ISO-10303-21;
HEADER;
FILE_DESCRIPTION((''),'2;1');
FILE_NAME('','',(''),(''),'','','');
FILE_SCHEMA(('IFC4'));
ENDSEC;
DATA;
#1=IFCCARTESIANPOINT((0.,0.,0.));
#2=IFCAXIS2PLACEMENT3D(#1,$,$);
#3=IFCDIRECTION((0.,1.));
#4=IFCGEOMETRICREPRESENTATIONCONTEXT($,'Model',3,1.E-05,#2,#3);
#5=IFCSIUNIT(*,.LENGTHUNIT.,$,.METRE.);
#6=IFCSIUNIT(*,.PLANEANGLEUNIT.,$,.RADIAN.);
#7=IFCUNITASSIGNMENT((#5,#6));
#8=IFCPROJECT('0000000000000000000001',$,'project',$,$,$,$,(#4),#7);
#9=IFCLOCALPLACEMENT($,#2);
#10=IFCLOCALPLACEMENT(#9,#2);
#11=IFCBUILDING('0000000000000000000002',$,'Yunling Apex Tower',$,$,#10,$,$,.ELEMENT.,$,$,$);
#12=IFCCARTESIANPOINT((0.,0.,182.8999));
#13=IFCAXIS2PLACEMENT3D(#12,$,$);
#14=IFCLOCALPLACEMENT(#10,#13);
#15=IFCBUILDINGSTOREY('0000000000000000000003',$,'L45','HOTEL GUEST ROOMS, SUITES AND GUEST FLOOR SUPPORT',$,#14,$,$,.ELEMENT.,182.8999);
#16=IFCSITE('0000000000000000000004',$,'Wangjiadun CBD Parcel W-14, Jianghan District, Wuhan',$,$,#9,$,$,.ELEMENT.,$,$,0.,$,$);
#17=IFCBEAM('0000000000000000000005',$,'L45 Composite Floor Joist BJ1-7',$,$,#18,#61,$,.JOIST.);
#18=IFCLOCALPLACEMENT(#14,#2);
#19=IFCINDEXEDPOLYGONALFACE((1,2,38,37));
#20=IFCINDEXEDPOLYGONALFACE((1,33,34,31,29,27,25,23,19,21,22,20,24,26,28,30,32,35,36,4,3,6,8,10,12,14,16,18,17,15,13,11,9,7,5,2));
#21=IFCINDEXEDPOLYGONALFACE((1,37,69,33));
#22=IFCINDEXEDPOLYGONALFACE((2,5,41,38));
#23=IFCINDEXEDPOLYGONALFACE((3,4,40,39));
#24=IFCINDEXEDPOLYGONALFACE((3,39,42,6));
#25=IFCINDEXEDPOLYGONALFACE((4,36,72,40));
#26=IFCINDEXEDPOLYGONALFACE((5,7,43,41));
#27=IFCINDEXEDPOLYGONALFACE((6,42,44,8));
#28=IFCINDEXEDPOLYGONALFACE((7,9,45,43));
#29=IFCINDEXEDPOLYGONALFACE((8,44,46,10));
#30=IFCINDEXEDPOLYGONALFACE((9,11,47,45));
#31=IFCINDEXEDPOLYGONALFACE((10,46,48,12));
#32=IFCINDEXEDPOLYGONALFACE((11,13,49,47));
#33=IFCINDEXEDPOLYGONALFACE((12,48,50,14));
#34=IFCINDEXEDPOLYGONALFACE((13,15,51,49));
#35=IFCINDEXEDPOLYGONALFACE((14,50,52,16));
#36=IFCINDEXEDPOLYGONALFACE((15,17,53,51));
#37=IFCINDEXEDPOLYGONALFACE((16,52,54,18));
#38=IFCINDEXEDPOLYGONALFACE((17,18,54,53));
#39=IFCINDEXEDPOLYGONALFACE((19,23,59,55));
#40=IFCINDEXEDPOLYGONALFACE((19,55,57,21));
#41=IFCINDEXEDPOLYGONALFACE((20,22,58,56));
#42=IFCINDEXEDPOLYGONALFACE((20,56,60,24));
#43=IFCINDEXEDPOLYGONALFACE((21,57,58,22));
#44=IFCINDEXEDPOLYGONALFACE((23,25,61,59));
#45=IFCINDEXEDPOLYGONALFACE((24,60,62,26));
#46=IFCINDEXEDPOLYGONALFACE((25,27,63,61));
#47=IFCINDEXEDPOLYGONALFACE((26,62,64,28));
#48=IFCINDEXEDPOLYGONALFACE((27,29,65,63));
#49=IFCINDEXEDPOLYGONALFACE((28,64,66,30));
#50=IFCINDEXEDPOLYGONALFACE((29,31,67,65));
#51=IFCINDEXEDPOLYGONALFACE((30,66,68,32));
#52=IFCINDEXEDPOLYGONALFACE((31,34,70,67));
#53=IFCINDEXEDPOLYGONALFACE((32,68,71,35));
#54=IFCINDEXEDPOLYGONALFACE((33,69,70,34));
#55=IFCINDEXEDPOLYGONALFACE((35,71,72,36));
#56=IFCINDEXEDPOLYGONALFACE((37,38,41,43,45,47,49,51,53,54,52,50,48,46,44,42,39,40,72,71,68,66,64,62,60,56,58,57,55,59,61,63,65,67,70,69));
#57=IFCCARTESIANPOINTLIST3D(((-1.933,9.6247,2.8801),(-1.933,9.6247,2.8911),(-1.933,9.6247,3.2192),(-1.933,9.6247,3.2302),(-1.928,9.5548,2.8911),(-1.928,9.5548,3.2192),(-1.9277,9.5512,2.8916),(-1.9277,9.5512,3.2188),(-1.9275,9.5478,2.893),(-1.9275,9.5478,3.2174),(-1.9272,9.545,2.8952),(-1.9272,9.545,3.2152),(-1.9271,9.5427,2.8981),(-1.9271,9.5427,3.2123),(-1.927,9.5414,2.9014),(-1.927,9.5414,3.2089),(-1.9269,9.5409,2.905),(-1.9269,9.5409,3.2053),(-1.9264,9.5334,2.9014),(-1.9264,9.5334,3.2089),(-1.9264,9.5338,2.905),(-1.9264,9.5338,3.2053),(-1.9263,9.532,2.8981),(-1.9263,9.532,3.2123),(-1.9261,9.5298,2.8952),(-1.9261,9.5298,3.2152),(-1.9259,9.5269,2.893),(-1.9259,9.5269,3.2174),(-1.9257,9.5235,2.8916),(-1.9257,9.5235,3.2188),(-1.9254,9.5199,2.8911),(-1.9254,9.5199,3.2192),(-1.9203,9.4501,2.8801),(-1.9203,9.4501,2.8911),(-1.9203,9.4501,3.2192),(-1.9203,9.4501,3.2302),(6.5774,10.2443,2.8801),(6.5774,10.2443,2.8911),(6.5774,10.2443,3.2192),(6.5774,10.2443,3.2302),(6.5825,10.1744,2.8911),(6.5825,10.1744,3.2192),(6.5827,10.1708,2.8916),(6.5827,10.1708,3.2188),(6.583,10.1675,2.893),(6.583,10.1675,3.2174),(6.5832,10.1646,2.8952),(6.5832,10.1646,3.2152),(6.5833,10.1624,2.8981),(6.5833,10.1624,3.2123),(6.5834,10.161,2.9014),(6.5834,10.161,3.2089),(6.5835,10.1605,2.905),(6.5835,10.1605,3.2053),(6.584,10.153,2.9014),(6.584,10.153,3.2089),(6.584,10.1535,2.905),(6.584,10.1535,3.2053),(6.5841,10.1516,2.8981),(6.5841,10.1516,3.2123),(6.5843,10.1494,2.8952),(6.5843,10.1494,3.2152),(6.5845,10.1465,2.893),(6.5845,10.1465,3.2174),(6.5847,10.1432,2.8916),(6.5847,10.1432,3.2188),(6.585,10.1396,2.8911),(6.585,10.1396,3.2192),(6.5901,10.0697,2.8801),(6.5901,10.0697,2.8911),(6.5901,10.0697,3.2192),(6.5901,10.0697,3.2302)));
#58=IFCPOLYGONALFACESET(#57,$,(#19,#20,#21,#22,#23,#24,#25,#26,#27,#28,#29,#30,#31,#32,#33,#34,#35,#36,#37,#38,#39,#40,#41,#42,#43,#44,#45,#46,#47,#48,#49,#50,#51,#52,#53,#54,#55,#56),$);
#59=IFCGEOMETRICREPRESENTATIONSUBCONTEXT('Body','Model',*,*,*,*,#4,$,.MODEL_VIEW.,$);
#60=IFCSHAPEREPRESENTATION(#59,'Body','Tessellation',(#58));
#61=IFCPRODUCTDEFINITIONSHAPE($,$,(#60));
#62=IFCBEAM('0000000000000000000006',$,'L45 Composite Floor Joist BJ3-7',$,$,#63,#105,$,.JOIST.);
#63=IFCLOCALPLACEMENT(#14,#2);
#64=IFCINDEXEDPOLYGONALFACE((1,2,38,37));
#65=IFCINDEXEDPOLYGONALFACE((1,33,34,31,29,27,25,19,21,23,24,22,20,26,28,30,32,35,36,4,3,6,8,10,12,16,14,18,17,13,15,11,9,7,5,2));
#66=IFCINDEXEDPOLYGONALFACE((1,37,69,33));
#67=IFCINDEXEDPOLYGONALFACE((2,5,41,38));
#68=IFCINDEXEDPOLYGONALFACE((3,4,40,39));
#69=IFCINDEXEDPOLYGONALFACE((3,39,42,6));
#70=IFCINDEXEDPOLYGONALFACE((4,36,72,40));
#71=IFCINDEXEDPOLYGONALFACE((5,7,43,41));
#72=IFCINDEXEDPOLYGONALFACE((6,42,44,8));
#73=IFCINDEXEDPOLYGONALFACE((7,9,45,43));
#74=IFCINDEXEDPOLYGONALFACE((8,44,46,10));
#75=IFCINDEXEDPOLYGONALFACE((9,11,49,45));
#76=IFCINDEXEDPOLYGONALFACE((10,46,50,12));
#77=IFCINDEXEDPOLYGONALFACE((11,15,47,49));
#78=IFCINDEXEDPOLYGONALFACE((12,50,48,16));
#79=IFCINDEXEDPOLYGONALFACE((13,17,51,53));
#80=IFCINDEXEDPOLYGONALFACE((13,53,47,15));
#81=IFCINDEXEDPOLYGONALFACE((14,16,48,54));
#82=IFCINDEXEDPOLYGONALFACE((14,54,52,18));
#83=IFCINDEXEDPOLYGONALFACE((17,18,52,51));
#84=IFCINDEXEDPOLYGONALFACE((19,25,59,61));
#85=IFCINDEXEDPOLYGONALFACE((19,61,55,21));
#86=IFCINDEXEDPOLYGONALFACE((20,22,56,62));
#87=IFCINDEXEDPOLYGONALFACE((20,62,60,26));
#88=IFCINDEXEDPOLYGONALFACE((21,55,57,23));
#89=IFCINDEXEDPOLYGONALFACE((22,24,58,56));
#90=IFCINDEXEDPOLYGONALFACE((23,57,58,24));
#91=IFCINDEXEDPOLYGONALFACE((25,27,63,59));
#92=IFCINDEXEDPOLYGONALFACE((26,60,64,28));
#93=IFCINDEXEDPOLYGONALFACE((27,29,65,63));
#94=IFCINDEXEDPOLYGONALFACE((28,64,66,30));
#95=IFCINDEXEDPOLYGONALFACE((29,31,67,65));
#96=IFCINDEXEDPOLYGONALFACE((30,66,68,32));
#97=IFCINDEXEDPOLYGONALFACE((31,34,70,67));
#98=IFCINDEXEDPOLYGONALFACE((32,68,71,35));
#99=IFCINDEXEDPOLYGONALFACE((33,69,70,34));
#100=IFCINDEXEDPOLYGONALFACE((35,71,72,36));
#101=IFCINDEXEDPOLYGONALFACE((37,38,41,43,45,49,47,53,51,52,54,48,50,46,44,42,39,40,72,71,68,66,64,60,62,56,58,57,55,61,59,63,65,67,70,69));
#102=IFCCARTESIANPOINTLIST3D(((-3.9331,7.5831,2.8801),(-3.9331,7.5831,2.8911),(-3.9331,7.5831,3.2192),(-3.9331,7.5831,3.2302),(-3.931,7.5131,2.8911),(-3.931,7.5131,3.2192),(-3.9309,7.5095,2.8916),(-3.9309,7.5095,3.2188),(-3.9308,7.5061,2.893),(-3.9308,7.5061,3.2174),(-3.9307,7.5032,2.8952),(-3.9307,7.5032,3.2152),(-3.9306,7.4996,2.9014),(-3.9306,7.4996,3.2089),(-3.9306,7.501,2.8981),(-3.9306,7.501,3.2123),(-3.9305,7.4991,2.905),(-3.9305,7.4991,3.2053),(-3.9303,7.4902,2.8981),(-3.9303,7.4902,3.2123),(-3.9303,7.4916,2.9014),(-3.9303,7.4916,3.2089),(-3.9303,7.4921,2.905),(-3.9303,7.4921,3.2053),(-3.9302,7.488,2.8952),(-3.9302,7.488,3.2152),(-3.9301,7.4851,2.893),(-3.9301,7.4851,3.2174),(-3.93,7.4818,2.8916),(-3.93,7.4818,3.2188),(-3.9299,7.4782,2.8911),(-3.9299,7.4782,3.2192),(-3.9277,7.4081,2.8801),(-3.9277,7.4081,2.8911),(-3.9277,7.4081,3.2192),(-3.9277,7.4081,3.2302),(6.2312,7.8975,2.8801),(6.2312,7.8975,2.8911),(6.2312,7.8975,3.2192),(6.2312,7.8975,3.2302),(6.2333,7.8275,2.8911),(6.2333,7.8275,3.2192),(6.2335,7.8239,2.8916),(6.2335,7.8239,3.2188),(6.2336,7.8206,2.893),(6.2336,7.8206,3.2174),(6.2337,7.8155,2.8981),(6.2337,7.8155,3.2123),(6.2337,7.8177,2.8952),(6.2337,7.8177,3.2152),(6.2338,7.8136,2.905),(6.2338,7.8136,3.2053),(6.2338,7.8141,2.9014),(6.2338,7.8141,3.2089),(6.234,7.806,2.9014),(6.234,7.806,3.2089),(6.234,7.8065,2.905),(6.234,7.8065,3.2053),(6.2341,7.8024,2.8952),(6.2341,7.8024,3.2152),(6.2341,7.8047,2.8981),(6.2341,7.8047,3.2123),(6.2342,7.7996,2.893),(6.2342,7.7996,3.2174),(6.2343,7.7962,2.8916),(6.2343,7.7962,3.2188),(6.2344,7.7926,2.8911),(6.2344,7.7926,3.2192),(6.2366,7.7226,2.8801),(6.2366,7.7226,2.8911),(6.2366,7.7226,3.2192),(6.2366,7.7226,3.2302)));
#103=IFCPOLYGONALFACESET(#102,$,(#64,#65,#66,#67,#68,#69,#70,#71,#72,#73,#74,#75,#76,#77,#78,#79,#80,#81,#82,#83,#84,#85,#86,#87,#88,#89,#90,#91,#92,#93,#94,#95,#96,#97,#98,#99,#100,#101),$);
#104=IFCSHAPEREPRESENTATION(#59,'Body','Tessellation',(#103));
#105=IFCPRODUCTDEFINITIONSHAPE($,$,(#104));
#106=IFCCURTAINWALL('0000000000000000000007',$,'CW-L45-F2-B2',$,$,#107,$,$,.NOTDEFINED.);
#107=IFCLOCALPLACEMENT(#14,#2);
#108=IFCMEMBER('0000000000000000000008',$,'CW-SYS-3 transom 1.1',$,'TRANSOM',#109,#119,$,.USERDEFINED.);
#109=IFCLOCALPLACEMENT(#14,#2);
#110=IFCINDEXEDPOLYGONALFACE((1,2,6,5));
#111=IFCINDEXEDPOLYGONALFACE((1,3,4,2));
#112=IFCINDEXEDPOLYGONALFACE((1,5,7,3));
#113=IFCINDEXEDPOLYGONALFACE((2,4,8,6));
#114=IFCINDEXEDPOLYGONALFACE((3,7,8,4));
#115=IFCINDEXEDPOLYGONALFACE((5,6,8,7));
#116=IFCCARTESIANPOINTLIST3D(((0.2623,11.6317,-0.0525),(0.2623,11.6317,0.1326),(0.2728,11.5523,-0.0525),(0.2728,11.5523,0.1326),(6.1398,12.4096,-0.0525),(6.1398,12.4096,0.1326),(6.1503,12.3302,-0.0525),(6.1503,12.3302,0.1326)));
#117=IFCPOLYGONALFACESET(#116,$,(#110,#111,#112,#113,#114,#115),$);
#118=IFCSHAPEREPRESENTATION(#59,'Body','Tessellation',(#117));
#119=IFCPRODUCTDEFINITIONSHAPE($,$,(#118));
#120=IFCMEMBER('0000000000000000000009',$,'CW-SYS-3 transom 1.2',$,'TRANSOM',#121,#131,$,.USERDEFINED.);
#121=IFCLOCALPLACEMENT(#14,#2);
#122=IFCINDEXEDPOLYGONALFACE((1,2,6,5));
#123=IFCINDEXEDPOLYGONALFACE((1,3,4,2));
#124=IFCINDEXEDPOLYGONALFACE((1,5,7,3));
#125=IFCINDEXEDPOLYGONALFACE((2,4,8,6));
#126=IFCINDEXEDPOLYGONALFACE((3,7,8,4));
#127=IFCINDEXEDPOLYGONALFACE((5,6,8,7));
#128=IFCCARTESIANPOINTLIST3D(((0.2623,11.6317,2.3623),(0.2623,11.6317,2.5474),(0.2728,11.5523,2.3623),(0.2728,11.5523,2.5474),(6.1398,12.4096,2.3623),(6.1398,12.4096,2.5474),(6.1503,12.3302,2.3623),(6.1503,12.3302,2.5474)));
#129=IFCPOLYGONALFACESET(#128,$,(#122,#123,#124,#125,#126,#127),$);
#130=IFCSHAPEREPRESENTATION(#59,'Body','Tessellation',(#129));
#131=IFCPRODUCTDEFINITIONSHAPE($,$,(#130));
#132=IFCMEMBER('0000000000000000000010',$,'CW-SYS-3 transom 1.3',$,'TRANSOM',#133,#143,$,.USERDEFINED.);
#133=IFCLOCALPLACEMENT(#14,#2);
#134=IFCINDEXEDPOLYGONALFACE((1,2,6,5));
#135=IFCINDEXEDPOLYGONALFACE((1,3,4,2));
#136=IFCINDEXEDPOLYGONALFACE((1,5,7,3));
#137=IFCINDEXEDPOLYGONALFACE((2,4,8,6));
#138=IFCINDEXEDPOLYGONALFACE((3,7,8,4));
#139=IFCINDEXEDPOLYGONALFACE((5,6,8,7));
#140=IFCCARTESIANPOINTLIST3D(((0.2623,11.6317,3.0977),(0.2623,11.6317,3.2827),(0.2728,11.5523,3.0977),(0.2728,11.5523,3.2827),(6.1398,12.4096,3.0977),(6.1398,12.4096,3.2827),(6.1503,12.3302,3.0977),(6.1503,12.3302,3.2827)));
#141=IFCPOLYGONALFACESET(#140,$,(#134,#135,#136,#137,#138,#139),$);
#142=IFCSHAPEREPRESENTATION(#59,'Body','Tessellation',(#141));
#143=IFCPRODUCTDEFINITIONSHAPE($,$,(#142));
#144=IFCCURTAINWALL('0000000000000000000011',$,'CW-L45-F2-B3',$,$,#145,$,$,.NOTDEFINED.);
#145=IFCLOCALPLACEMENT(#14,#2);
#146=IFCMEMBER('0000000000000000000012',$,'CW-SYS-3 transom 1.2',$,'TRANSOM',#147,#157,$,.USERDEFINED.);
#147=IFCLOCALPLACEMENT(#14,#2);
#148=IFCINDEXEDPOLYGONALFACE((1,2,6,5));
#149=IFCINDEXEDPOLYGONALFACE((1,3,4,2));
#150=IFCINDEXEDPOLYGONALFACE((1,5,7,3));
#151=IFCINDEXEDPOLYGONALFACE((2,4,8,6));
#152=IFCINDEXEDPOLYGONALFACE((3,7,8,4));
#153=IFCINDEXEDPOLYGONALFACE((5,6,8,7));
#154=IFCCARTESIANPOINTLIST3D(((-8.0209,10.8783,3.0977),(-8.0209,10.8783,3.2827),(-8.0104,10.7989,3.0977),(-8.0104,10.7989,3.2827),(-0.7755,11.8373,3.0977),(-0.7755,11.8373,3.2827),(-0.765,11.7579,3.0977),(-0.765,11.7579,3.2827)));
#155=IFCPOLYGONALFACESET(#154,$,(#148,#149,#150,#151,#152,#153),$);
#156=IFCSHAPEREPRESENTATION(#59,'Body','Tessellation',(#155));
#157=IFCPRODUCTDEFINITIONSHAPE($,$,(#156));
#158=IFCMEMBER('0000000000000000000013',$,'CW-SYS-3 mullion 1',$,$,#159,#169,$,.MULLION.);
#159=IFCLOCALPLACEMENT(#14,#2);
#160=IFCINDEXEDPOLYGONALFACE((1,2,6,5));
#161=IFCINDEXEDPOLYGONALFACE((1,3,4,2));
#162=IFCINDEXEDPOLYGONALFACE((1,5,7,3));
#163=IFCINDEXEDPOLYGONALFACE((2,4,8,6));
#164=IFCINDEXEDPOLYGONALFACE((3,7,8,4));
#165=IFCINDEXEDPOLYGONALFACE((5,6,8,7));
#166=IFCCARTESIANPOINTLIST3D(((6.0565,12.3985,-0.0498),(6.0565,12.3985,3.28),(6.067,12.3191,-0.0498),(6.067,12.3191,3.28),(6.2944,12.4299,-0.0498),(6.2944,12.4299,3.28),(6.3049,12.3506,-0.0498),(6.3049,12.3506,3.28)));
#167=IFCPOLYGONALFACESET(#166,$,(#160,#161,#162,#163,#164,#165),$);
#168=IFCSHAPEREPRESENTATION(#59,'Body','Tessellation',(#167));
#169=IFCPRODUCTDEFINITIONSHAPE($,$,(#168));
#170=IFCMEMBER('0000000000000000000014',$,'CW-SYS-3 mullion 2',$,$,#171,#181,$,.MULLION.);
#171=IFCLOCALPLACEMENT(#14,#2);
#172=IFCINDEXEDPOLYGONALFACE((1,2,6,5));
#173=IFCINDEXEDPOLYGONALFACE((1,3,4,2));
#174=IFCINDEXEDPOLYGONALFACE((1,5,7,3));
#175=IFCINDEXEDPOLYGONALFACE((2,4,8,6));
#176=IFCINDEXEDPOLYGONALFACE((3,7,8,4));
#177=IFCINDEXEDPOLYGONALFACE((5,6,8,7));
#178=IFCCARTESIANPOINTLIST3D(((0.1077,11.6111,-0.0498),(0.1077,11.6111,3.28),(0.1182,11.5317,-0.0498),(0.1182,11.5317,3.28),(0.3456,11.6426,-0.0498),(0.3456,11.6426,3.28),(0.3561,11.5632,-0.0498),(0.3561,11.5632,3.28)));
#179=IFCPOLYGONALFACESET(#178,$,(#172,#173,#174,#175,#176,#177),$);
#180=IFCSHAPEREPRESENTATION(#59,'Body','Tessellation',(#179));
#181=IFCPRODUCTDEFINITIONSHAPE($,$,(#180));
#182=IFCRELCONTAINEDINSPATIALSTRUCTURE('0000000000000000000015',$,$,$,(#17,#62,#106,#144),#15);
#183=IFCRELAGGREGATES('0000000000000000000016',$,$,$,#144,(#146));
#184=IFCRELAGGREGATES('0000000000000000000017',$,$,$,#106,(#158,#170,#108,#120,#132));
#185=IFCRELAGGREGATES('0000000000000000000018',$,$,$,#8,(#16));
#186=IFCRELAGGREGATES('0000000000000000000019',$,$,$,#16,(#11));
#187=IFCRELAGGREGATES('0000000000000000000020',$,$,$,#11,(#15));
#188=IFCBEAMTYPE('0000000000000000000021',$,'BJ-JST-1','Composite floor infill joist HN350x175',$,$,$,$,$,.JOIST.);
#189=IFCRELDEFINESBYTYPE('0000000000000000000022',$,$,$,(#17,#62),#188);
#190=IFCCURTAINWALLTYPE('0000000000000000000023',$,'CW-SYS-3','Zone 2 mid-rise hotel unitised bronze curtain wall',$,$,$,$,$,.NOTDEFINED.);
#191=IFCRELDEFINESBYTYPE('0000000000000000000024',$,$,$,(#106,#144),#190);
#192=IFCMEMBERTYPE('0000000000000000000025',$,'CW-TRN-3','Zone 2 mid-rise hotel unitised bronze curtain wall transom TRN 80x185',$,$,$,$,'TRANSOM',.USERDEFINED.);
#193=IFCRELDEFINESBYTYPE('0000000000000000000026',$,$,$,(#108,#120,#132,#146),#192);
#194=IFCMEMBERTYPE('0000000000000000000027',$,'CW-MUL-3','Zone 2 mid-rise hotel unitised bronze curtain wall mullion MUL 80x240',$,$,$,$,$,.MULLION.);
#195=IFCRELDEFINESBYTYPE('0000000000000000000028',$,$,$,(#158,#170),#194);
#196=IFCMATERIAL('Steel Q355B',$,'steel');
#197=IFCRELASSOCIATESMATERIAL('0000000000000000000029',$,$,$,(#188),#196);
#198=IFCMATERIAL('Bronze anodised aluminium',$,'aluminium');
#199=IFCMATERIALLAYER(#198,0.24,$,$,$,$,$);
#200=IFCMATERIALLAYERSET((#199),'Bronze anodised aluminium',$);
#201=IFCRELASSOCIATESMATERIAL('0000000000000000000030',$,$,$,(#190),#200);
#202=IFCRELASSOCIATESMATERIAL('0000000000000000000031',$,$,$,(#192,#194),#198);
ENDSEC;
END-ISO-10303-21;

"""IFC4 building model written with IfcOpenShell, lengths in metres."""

from ifc_helpers import new_model, si_unit, direction, frame, origin, origin_2d, place, context, subcontext, project, spatial, rectangle, i_section, extrude, source, transform, mapped, material, layer, layer_set, material_profile, profile_set, type_object, element, aggregate, save


model = new_model("IFC4")

# Units and contexts
model_context = context("Model", 3, precision=1e-05, world=origin(), true_north=direction((0.0, 1.0)))
body_context = subcontext(model_context, "Body", "Model", "MODEL_VIEW")
ifc_project = project(units=[si_unit("LENGTHUNIT", "METRE"), si_unit("PLANEANGLEUNIT", "RADIAN")], contexts=[model_context])

# Site, building, storey
site_placement = place(None, origin())
site = spatial("IfcSite", under=ifc_project, at=site_placement, Name="Wangjiadun CBD Parcel W-14, Jianghan District, Wuhan", CompositionType="ELEMENT", RefElevation=0.0)
building_placement = place(site_placement, origin())
building = spatial("IfcBuilding", under=site, at=building_placement, Name="Yunling Apex Tower", CompositionType="ELEMENT")
storey_placement = place(building_placement, frame((0.0, 0.0, 182.8999)))
storey = spatial("IfcBuildingStorey", under=building, at=storey_placement, Name="L45", Description="HOTEL GUEST ROOMS, SUITES AND GUEST FLOOR SUPPORT", CompositionType="ELEMENT", Elevation=182.8999)

# Beams
ifc_material_1 = material(Name="Steel Q355B", Category="steel")
ifc_material_profile_1 = material_profile(ifc_material_1, i_section(OverallWidth=0.175, OverallDepth=0.3501, WebThickness=0.0071, FlangeThickness=0.011, FilletRadius=0.0139, at=origin_2d()))
ifc_profile_set_1 = profile_set([ifc_material_profile_1], Name="Steel Q355B")
beam_type_1 = type_object("IfcBeamType", Name="BJ-JST-1", Description="Composite floor infill joist HN350x175", PredefinedType="JOIST", material=ifc_profile_set_1)
shared_shape_1 = source(origin(), body_context, "Body", "SweptSolid", [
    extrude(i_section(OverallWidth=0.175, OverallDepth=0.3501, WebThickness=0.0071, FlangeThickness=0.011, FilletRadius=0.0139, at=origin_2d()), origin(), (0.0, 0.0, 1.0), 8.533),
])
beam_1_placement = place(storey_placement, frame((6.5837, 10.157, 3.0552), z_axis=(-0.99736, -0.072615, 0.0), x_axis=(0.072615, -0.99736, 0.0)))
element("IfcBeam", 1, at=beam_1_placement, inside=storey, type_object=beam_type_1, Name="L45 Composite Floor Joist BJ1-7", PredefinedType="JOIST", context=body_context, shape_type="MappedRepresentation", body=[
    mapped(shared_shape_1, transform((0.0, 0.0, 0.0), scale=1.0)),
])
shared_shape_2 = source(origin(), body_context, "Body", "SweptSolid", [
    extrude(i_section(OverallWidth=0.175, OverallDepth=0.3501, WebThickness=0.0071, FlangeThickness=0.011, FilletRadius=0.0139, at=origin_2d()), origin(), (0.0, 0.0, 1.0), 10.1692),
])
beam_2_placement = place(storey_placement, frame((6.2339, 7.8101, 3.0552), z_axis=(-0.999522, -0.030922, 0.0), x_axis=(0.030922, -0.999522, 0.0)))
element("IfcBeam", 2, at=beam_2_placement, inside=storey, type_object=beam_type_1, Name="L45 Composite Floor Joist BJ3-7", PredefinedType="JOIST", context=body_context, shape_type="MappedRepresentation", body=[
    mapped(shared_shape_2, transform((0.0, 0.0, 0.0), scale=1.0)),
])

# Curtain wall, members
ifc_material_2 = material(Name="Bronze anodised aluminium", Category="aluminium")
ifc_layer_1 = layer(ifc_material_2, 0.24)
ifc_layer_set_1 = layer_set([ifc_layer_1], Name="Bronze anodised aluminium")
curtain_wall_type = type_object("IfcCurtainWallType", Name="CW-SYS-3", Description="Zone 2 mid-rise hotel unitised bronze curtain wall", PredefinedType="NOTDEFINED", material=ifc_layer_set_1)
curtain_wall_1_placement = place(storey_placement, origin())
curtain_wall_1 = element("IfcCurtainWall", 3, at=curtain_wall_1_placement, inside=storey, type_object=curtain_wall_type, Name="CW-L45-F2-B2", PredefinedType="NOTDEFINED")
ifc_material_profile_2 = material_profile(ifc_material_2, rectangle(XDim=0.0801, YDim=0.1851, at=origin_2d()))
ifc_profile_set_2 = profile_set([ifc_material_profile_2], Name="Bronze anodised aluminium")
member_type_1 = type_object("IfcMemberType", Name="CW-TRN-3", Description="Zone 2 mid-rise hotel unitised bronze curtain wall transom TRN 80x185", ElementType="TRANSOM", PredefinedType="USERDEFINED", material=ifc_profile_set_2)
shared_shape_3 = source(origin(), body_context, "Body", "SweptSolid", [
    extrude(rectangle(XDim=0.0801, YDim=0.1851, at=origin_2d()), origin(), (0.0, 0.0, 1.0), 5.9287),
])
member_1_placement = place(storey_placement, frame((6.145, 12.3699, 0.04), z_axis=(-0.991356, -0.131198, 0.0), x_axis=(0.131198, -0.991356, 0.0)))
member_1 = element("IfcMember", 4, at=member_1_placement, type_object=member_type_1, Name="CW-SYS-3 transom 1.1", ObjectType="TRANSOM", PredefinedType="USERDEFINED", context=body_context, shape_type="MappedRepresentation", body=[
    mapped(shared_shape_3, transform((0.0, 0.0, 0.0), scale=1.0)),
])
member_2_placement = place(storey_placement, frame((6.145, 12.3699, 2.4548), z_axis=(-0.991356, -0.131198, 0.0), x_axis=(0.131198, -0.991356, 0.0)))
member_2 = element("IfcMember", 5, at=member_2_placement, type_object=member_type_1, Name="CW-SYS-3 transom 1.2", ObjectType="TRANSOM", PredefinedType="USERDEFINED", context=body_context, shape_type="MappedRepresentation", body=[
    mapped(shared_shape_3, transform((0.0, 0.0, 0.0), scale=1.0)),
])
member_3_placement = place(storey_placement, frame((6.145, 12.3699, 3.1902), z_axis=(-0.991356, -0.131198, 0.0), x_axis=(0.131198, -0.991356, 0.0)))
member_3 = element("IfcMember", 6, at=member_3_placement, type_object=member_type_1, Name="CW-SYS-3 transom 1.3", ObjectType="TRANSOM", PredefinedType="USERDEFINED", context=body_context, shape_type="MappedRepresentation", body=[
    mapped(shared_shape_3, transform((0.0, 0.0, 0.0), scale=1.0)),
])

# Curtain wall, member
curtain_wall_2_placement = place(storey_placement, origin())
curtain_wall_2 = element("IfcCurtainWall", 7, at=curtain_wall_2_placement, inside=storey, type_object=curtain_wall_type, Name="CW-L45-F2-B3", PredefinedType="NOTDEFINED")
shared_shape_4 = source(origin(), body_context, "Body", "SweptSolid", [
    extrude(rectangle(XDim=0.0801, YDim=0.1851, at=origin_2d()), origin(), (0.0, 0.0, 1.0), 7.3086),
])
member_4_placement = place(storey_placement, frame((-0.7703, 11.7976, 3.1902), z_axis=(-0.991354, -0.131214, 0.0), x_axis=(0.131214, -0.991354, 0.0)))
member_4 = element("IfcMember", 8, at=member_4_placement, type_object=member_type_1, Name="CW-SYS-3 transom 1.2", ObjectType="TRANSOM", PredefinedType="USERDEFINED", context=body_context, shape_type="MappedRepresentation", body=[
    mapped(shared_shape_4, transform((0.0, 0.0, 0.0), scale=1.0)),
])

# Members
ifc_material_profile_3 = material_profile(ifc_material_2, rectangle(XDim=0.0801, YDim=0.24, at=origin_2d()))
ifc_profile_set_3 = profile_set([ifc_material_profile_3], Name="Bronze anodised aluminium")
member_type_2 = type_object("IfcMemberType", Name="CW-MUL-3", Description="Zone 2 mid-rise hotel unitised bronze curtain wall mullion MUL 80x240", PredefinedType="MULLION", material=ifc_profile_set_3)
shared_shape_5 = source(origin(), body_context, "Body", "SweptSolid", [
    extrude(rectangle(XDim=0.0801, YDim=0.24, at=origin_2d()), origin(), (0.0, 0.0, 1.0), 3.3298),
])
member_5_placement = place(storey_placement, frame((6.1807, 12.3745, -0.0498), z_axis=(0.0, 0.0, 1.0), x_axis=(0.131205, -0.991355, 0.0)))
member_5 = element("IfcMember", 9, at=member_5_placement, type_object=member_type_2, Name="CW-SYS-3 mullion 1", PredefinedType="MULLION", context=body_context, shape_type="MappedRepresentation", body=[
    mapped(shared_shape_5, transform((0.0, 0.0, 0.0), scale=1.0)),
])
member_6_placement = place(storey_placement, frame((0.2319, 11.5872, -0.0498), z_axis=(0.0, 0.0, 1.0), x_axis=(0.131205, -0.991355, 0.0)))
member_6 = element("IfcMember", 10, at=member_6_placement, type_object=member_type_2, Name="CW-SYS-3 mullion 2", PredefinedType="MULLION", context=body_context, shape_type="MappedRepresentation", body=[
    mapped(shared_shape_5, transform((0.0, 0.0, 0.0), scale=1.0)),
])
aggregate(curtain_wall_2, [member_4])

aggregate(curtain_wall_1, [member_5, member_6, member_1, member_2, member_3])

save(model, "model.ifc")
